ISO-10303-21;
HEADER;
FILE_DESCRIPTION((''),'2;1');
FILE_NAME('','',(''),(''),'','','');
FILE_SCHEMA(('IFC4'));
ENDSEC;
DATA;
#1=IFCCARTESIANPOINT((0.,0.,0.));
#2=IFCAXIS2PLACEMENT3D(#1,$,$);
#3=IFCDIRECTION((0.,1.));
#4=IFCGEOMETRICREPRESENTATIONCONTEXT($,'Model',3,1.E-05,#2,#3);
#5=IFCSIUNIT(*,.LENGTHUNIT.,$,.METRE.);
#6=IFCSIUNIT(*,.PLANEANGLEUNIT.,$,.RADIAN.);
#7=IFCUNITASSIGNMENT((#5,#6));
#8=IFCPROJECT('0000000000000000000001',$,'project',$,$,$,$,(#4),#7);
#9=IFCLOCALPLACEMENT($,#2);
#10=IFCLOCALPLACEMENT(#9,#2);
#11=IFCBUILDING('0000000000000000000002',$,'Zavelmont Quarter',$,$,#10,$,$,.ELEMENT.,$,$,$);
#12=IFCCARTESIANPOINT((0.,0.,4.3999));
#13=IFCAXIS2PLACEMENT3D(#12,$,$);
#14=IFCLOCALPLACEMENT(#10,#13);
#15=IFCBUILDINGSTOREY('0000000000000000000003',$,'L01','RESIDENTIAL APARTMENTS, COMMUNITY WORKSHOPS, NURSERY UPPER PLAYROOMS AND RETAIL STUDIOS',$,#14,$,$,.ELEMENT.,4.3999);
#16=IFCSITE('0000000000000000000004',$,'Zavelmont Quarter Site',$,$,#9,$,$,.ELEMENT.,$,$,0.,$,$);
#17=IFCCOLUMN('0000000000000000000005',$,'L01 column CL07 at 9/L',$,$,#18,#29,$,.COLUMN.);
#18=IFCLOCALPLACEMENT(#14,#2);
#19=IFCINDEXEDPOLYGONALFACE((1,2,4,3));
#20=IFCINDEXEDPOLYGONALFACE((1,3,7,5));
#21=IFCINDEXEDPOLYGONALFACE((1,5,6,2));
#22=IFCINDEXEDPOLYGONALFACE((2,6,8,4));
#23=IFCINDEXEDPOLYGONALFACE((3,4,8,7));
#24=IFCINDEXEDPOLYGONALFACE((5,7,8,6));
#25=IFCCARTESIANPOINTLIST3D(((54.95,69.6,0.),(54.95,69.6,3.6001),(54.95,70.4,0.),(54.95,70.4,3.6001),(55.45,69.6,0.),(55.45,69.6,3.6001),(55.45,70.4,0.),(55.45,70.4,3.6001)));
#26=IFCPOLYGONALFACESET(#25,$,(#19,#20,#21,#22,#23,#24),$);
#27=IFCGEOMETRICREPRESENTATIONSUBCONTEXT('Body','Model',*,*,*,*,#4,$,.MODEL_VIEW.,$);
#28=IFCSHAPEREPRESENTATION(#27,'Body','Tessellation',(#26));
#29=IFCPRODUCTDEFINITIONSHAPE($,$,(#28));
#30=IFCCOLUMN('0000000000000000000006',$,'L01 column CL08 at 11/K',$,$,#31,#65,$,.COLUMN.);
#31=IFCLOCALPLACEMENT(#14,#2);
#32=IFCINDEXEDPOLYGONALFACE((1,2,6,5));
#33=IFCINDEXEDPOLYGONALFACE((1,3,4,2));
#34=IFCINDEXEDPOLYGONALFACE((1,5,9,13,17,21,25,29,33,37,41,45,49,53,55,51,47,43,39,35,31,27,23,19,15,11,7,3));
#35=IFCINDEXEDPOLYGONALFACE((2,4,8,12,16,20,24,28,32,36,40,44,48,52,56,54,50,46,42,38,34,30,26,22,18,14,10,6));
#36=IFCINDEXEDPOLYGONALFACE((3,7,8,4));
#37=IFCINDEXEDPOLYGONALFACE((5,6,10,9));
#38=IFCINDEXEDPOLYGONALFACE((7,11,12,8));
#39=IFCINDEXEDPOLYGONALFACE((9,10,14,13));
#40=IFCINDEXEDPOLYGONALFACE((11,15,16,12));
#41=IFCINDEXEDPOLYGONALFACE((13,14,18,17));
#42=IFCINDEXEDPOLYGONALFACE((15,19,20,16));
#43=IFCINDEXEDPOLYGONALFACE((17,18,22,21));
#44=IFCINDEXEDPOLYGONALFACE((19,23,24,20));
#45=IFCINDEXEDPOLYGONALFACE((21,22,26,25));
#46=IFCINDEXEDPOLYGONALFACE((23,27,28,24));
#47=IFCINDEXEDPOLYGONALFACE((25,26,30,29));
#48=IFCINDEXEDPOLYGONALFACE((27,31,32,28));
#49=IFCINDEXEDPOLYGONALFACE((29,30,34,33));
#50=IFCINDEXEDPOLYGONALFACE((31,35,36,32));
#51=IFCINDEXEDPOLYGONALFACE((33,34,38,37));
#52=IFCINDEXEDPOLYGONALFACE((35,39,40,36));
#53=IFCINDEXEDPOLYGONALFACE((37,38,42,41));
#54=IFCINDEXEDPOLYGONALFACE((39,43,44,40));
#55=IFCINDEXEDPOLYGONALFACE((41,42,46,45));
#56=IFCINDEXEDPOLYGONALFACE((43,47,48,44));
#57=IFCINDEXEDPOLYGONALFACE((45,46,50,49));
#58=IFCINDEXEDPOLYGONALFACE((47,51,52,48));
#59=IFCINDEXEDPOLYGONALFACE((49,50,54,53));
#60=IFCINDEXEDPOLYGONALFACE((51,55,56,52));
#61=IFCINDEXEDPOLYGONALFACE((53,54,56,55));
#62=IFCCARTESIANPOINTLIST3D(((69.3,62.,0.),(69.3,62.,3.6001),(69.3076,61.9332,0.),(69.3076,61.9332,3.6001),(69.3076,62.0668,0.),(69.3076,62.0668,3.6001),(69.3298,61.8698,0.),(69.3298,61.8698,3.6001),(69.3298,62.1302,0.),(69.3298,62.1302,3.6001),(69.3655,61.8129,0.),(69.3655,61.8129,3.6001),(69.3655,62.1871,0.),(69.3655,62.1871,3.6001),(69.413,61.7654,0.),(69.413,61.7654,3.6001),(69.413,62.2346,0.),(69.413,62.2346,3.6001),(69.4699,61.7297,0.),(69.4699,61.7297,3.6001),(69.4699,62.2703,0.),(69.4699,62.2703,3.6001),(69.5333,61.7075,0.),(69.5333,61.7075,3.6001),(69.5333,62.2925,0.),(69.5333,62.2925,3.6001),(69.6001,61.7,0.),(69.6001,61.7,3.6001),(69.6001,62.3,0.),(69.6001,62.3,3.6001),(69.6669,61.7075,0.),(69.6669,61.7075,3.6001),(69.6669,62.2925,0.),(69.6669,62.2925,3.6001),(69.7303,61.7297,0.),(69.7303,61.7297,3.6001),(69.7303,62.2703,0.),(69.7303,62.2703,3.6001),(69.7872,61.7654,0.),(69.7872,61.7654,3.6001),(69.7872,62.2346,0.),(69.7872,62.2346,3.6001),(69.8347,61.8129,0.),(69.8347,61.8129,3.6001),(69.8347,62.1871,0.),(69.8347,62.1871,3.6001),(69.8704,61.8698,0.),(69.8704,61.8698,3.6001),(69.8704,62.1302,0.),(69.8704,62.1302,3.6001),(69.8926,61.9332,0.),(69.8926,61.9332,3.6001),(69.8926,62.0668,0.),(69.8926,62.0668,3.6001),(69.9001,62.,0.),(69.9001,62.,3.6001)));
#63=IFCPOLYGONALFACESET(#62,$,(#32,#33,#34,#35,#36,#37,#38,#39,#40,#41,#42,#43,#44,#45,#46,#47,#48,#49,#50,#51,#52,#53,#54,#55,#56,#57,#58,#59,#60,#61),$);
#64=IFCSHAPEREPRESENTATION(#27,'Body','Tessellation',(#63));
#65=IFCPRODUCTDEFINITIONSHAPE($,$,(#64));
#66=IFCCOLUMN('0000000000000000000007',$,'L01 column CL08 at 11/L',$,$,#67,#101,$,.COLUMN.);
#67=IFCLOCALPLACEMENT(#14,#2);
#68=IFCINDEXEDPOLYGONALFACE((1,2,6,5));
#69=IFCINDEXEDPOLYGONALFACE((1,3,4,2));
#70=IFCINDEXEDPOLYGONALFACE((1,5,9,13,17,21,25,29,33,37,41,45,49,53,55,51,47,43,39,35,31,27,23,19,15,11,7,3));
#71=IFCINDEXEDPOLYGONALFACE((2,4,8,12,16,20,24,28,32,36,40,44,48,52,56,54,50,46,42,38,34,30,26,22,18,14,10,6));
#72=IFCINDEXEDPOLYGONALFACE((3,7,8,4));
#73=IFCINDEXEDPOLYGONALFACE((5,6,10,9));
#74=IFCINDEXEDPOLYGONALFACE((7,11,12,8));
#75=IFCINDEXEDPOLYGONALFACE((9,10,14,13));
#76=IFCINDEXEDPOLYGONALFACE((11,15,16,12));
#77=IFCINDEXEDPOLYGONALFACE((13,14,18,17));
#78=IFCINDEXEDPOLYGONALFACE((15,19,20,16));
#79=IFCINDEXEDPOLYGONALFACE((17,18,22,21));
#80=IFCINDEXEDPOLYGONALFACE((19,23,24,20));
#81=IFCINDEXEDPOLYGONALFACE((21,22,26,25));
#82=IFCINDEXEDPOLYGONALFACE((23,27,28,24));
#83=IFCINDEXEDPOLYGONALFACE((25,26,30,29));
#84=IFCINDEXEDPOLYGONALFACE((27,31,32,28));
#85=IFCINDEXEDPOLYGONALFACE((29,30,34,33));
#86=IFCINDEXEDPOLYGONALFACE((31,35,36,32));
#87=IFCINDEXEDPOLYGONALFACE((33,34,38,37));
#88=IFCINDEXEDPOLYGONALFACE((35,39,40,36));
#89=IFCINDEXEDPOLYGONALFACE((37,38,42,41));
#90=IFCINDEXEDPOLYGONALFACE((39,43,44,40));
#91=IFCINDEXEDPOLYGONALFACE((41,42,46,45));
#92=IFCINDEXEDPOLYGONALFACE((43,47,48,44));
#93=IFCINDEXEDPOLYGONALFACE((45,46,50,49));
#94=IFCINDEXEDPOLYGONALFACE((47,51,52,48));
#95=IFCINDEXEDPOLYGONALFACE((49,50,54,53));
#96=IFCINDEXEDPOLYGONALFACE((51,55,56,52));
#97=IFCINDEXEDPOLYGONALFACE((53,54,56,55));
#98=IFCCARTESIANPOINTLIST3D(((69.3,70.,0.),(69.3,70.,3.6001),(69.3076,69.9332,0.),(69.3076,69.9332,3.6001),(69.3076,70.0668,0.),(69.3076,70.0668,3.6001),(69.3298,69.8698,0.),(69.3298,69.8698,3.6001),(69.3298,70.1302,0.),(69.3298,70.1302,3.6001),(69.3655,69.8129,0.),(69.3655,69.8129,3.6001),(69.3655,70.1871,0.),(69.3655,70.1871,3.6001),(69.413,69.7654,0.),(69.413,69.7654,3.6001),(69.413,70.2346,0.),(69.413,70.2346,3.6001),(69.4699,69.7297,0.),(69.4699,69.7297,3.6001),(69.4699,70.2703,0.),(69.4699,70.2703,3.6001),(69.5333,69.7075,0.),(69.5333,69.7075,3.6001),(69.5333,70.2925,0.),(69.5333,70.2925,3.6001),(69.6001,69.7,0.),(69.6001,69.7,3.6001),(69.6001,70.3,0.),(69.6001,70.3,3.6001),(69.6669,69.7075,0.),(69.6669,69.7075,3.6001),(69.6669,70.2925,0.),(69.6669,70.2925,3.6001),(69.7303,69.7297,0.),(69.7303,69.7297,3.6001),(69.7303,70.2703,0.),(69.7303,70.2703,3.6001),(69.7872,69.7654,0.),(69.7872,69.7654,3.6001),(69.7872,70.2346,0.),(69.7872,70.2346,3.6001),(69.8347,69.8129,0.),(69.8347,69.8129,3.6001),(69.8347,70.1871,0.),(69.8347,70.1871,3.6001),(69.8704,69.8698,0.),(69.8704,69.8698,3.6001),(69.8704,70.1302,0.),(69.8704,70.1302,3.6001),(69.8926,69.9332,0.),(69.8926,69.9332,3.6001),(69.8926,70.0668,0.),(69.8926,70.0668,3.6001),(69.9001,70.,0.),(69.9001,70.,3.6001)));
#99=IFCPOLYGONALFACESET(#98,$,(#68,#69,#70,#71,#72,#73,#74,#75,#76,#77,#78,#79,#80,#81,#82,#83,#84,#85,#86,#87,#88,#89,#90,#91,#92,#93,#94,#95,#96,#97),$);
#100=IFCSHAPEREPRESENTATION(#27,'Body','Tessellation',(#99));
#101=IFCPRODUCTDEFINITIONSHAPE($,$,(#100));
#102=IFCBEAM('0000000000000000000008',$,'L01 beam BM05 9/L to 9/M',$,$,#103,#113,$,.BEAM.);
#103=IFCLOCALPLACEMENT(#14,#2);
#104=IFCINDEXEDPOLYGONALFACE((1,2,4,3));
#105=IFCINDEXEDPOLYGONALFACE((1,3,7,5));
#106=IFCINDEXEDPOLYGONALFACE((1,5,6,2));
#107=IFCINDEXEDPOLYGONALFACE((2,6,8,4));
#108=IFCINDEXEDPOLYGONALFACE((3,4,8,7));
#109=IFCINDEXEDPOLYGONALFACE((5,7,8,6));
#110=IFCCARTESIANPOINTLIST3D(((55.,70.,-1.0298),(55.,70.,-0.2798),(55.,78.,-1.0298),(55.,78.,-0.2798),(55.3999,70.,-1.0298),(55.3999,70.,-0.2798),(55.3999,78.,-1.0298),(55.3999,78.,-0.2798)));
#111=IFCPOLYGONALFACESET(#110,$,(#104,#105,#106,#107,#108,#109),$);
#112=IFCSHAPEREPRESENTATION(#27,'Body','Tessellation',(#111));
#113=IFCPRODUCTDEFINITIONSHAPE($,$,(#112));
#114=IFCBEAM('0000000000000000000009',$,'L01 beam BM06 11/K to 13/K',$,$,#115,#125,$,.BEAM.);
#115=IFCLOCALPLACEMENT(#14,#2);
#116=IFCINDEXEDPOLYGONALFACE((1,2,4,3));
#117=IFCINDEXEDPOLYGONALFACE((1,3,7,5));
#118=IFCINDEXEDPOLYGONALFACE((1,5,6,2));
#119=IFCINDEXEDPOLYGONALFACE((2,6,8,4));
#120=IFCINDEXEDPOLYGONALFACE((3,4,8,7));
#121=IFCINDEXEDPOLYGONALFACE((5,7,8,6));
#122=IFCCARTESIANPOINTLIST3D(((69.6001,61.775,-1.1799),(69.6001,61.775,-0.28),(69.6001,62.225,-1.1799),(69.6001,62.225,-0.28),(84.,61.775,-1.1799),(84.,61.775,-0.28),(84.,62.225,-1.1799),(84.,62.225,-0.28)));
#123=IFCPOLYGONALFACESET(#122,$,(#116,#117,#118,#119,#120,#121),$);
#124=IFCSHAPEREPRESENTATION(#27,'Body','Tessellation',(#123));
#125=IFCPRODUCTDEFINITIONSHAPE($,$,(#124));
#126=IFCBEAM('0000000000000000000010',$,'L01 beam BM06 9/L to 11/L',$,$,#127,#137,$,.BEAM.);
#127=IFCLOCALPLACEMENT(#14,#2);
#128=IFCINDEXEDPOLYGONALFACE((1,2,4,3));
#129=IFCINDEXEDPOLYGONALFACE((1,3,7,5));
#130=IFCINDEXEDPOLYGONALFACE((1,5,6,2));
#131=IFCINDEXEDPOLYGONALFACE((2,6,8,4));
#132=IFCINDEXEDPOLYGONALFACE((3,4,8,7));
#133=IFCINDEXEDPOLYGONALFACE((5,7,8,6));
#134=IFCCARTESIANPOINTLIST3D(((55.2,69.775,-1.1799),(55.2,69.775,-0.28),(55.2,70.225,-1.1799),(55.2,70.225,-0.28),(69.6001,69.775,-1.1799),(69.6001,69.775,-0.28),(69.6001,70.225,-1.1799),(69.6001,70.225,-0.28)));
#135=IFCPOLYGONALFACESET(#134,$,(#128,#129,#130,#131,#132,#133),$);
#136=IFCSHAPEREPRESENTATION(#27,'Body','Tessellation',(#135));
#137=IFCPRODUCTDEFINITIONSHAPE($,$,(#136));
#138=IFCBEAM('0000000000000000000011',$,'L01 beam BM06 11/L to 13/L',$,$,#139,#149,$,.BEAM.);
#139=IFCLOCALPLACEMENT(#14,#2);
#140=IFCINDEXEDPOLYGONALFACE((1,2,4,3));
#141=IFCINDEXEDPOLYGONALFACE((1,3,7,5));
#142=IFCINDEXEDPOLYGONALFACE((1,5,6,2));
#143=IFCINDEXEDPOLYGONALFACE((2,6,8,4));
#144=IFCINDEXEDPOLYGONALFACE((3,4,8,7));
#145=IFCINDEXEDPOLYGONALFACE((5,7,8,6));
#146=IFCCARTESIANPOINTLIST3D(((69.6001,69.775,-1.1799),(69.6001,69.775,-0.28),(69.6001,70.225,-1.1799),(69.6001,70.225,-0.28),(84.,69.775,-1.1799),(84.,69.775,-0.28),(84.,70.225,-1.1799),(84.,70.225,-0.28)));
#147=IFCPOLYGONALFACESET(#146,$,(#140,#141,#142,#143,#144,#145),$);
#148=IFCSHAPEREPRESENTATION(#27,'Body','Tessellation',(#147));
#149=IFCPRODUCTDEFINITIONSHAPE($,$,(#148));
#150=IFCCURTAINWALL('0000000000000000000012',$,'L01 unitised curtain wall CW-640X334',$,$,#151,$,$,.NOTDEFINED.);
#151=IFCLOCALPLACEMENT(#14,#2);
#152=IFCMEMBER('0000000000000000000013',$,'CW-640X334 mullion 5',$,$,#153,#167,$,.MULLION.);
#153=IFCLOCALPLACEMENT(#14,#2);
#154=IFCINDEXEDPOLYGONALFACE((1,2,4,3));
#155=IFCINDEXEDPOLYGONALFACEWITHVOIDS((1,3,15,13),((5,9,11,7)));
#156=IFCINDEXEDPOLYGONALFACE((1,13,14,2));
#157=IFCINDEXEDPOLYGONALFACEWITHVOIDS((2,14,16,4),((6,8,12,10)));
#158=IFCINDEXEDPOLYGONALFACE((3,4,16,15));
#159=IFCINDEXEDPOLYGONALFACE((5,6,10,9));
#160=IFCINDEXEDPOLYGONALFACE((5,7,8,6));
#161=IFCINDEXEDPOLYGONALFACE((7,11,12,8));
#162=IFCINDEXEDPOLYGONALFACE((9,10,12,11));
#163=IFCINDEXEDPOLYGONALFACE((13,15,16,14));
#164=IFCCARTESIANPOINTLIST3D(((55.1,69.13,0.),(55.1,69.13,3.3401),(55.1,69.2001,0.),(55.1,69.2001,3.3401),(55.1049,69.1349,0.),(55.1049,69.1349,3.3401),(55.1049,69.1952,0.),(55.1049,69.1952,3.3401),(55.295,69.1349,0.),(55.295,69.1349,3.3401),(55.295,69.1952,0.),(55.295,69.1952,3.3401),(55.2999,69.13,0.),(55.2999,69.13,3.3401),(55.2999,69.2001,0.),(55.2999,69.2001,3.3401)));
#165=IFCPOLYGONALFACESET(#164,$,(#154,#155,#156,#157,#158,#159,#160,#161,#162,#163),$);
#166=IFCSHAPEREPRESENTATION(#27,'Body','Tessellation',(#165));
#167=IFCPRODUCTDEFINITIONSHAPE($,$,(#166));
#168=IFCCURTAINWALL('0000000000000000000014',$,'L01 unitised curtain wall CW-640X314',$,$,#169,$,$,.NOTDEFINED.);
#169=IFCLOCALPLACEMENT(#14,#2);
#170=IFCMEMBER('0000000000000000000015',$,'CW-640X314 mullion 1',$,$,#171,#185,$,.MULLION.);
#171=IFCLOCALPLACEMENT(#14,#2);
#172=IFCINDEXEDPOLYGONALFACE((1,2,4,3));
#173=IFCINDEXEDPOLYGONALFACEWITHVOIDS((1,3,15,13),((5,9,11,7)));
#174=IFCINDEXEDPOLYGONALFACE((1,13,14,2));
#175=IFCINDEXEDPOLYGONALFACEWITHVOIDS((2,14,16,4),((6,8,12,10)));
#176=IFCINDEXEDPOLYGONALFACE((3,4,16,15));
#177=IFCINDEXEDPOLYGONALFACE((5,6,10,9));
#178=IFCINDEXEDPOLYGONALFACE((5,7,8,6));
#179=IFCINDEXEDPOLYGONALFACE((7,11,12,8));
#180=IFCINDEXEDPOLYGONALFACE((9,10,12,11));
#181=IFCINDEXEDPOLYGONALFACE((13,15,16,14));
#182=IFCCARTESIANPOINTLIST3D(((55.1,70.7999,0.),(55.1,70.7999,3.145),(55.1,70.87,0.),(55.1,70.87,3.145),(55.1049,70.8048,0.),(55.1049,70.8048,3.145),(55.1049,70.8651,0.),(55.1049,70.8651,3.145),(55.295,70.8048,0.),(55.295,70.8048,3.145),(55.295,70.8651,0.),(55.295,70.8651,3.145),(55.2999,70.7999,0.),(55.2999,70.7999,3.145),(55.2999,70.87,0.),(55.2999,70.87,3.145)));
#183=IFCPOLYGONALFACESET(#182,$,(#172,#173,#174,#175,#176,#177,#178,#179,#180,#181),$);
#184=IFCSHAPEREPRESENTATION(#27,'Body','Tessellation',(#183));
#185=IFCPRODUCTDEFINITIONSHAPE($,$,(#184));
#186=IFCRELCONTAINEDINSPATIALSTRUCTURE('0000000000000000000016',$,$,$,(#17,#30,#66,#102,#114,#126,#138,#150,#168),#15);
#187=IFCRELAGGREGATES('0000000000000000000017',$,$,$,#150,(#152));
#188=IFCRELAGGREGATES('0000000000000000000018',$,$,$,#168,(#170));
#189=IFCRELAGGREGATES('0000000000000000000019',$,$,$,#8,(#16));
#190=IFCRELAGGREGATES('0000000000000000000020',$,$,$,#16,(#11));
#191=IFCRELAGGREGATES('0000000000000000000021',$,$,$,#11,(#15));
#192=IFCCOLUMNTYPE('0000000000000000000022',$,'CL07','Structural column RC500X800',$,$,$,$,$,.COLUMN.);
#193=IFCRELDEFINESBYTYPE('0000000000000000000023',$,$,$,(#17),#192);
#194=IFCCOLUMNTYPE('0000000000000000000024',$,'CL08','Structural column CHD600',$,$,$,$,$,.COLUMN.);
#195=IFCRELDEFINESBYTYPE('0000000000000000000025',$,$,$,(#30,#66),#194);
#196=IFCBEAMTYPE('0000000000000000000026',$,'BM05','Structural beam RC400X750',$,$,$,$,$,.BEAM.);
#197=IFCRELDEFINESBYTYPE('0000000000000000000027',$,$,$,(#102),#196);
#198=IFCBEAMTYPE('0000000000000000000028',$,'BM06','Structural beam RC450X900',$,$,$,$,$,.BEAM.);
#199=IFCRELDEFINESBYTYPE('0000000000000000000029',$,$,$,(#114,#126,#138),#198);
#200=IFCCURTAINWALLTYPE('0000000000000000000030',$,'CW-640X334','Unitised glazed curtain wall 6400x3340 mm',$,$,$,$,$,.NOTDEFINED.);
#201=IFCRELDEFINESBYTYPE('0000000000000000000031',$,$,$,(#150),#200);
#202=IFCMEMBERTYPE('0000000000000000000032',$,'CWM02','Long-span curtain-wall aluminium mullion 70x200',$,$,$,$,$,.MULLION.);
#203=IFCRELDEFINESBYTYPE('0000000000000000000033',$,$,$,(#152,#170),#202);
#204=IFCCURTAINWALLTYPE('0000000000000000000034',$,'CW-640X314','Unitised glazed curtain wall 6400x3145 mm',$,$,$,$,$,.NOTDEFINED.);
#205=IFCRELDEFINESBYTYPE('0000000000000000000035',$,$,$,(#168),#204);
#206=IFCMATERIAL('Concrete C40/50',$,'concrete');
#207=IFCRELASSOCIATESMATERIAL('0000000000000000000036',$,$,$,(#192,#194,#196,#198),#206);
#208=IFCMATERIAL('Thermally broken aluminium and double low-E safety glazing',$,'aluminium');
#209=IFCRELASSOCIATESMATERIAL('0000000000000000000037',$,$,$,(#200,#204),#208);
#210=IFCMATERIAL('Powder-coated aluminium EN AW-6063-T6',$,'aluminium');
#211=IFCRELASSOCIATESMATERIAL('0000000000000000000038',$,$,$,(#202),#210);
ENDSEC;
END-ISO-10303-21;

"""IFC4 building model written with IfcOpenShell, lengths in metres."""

from ifc_helpers import new_model, si_unit, direction, frame, origin, origin_2d, place, context, subcontext, project, spatial, rectangle, hollow_rectangle, circle, extrude, material, material_profile, profile_set, type_object, element, aggregate, save


model = new_model("IFC4")

# Units and contexts
model_context = context("Model", 3, precision=1e-05, world=origin(), true_north=direction((0.0, 1.0)))
body_context = subcontext(model_context, "Body", "Model", "MODEL_VIEW")
ifc_project = project(units=[si_unit("LENGTHUNIT", "METRE"), si_unit("PLANEANGLEUNIT", "RADIAN")], contexts=[model_context])

# Site, building, storey
site_placement = place(None, origin())
site = spatial("IfcSite", under=ifc_project, at=site_placement, Name="Zavelmont Quarter Site", CompositionType="ELEMENT", RefElevation=0.0)
building_placement = place(site_placement, origin())
building = spatial("IfcBuilding", under=site, at=building_placement, Name="Zavelmont Quarter", CompositionType="ELEMENT")
storey_placement = place(building_placement, frame((0.0, 0.0, 4.3999)))
storey = spatial("IfcBuildingStorey", under=building, at=storey_placement, Name="L01", Description="RESIDENTIAL APARTMENTS, COMMUNITY WORKSHOPS, NURSERY UPPER PLAYROOMS AND RETAIL STUDIOS", CompositionType="ELEMENT", Elevation=4.3999)

# Columns
ifc_material_1 = material(Name="Concrete C40/50", Category="concrete")
ifc_material_profile_1 = material_profile(ifc_material_1, rectangle(XDim=0.5, YDim=0.8, at=origin_2d()), Name="RC500X800")
ifc_profile_set_1 = profile_set([ifc_material_profile_1], Name="Concrete C40/50")
column_type_1 = type_object("IfcColumnType", Name="CL07", Description="Structural column RC500X800", PredefinedType="COLUMN", material=ifc_profile_set_1)
column_placement = place(storey_placement, frame((55.2, 70.0, 0.0), z_axis=(0.0, 0.0, 1.0), x_axis=(1.0, 0.0, 0.0)))
element("IfcColumn", 1, at=column_placement, inside=storey, type_object=column_type_1, Name="L01 column CL07 at 9/L", PredefinedType="COLUMN", context=body_context, shape_type="SweptSolid", body=[
    extrude(rectangle(XDim=0.5, YDim=0.8, at=origin_2d()), origin(), (0.0, 0.0, 1.0), 3.6001),
])
ifc_material_profile_2 = material_profile(ifc_material_1, circle(Radius=0.3, at=origin_2d()), Name="CHD600")
ifc_profile_set_2 = profile_set([ifc_material_profile_2], Name="Concrete C40/50")
column_type_2 = type_object("IfcColumnType", Name="CL08", Description="Structural column CHD600", PredefinedType="COLUMN", material=ifc_profile_set_2)
for number, where, z_axis, x_axis, name in (
    (2, (69.6001, 62.0, 0.0), (0.0, 0.0, 1.0), (1.0, 0.0, 0.0), "L01 column CL08 at 11/K"),
    (3, (69.6001, 70.0, 0.0), (0.0, 0.0, 1.0), (1.0, 0.0, 0.0), "L01 column CL08 at 11/L"),
):
    element("IfcColumn", number, at=place(storey_placement, frame(where, z_axis=z_axis, x_axis=x_axis)), inside=storey, type_object=column_type_2, Name=name, PredefinedType="COLUMN", context=body_context, shape_type="SweptSolid", body=[
        extrude(circle(Radius=0.3, at=origin_2d()), origin(), (0.0, 0.0, 1.0), 3.6001),
    ])

# Beams
ifc_material_profile_3 = material_profile(ifc_material_1, rectangle(XDim=0.3999, YDim=0.75, at=origin_2d()), Name="RC400X750")
ifc_profile_set_3 = profile_set([ifc_material_profile_3], Name="Concrete C40/50")
beam_type_1 = type_object("IfcBeamType", Name="BM05", Description="Structural beam RC400X750", PredefinedType="BEAM", material=ifc_profile_set_3)
beam_1_placement = place(storey_placement, frame((55.2, 70.0, -0.6548), z_axis=(0.0, 1.0, 0.0), x_axis=(-1.0, 0.0, 0.0)))
element("IfcBeam", 4, at=beam_1_placement, inside=storey, type_object=beam_type_1, Name="L01 beam BM05 9/L to 9/M", PredefinedType="BEAM", context=body_context, shape_type="SweptSolid", body=[
    extrude(rectangle(XDim=0.3999, YDim=0.75, at=origin_2d()), origin(), (0.0, 0.0, 1.0), 8.0),
])
ifc_material_profile_4 = material_profile(ifc_material_1, rectangle(XDim=0.45, YDim=0.8999, at=origin_2d()), Name="RC450X900")
ifc_profile_set_4 = profile_set([ifc_material_profile_4], Name="Concrete C40/50")
beam_type_2 = type_object("IfcBeamType", Name="BM06", Description="Structural beam RC450X900", PredefinedType="BEAM", material=ifc_profile_set_4)
beam_2_placement = place(storey_placement, frame((69.6001, 62.0, -0.73), z_axis=(1.0, 0.0, 0.0), x_axis=(0.0, 1.0, 0.0)))
element("IfcBeam", 5, at=beam_2_placement, inside=storey, type_object=beam_type_2, Name="L01 beam BM06 11/K to 13/K", PredefinedType="BEAM", context=body_context, shape_type="SweptSolid", body=[
    extrude(rectangle(XDim=0.45, YDim=0.8999, at=origin_2d()), origin(), (0.0, 0.0, 1.0), 14.3999),
])
beam_3_placement = place(storey_placement, frame((55.2, 70.0, -0.73), z_axis=(1.0, 0.0, 0.0), x_axis=(0.0, 1.0, 0.0)))
element("IfcBeam", 6, at=beam_3_placement, inside=storey, type_object=beam_type_2, Name="L01 beam BM06 9/L to 11/L", PredefinedType="BEAM", context=body_context, shape_type="SweptSolid", body=[
    extrude(rectangle(XDim=0.45, YDim=0.8999, at=origin_2d()), origin(), (0.0, 0.0, 1.0), 14.4001),
])
beam_4_placement = place(storey_placement, frame((69.6001, 70.0, -0.73), z_axis=(1.0, 0.0, 0.0), x_axis=(0.0, 1.0, 0.0)))
element("IfcBeam", 7, at=beam_4_placement, inside=storey, type_object=beam_type_2, Name="L01 beam BM06 11/L to 13/L", PredefinedType="BEAM", context=body_context, shape_type="SweptSolid", body=[
    extrude(rectangle(XDim=0.45, YDim=0.8999, at=origin_2d()), origin(), (0.0, 0.0, 1.0), 14.3999),
])

# Curtain wall, member
ifc_material_2 = material(Name="Thermally broken aluminium and double low-E safety glazing", Category="aluminium")
curtain_wall_type_1 = type_object("IfcCurtainWallType", Name="CW-640X334", Description="Unitised glazed curtain wall 6400x3340 mm", PredefinedType="NOTDEFINED", material=ifc_material_2)
curtain_wall_1_placement = place(storey_placement, origin())
curtain_wall_1 = element("IfcCurtainWall", 8, at=curtain_wall_1_placement, inside=storey, type_object=curtain_wall_type_1, Name="L01 unitised curtain wall CW-640X334", PredefinedType="NOTDEFINED")
ifc_material_3 = material(Name="Powder-coated aluminium EN AW-6063-T6", Category="aluminium")
ifc_material_profile_5 = material_profile(ifc_material_3, hollow_rectangle(XDim=0.0701, YDim=0.2, WallThickness=0.0049, at=origin_2d()), Name="CWM70X200")
ifc_profile_set_5 = profile_set([ifc_material_profile_5], Name="Powder-coated aluminium EN AW-6063-T6")
member_type_1 = type_object("IfcMemberType", Name="CWM02", Description="Long-span curtain-wall aluminium mullion 70x200", PredefinedType="MULLION", material=ifc_profile_set_5)
member_1_placement = place(storey_placement, frame((55.2, 69.165, 0.0), z_axis=(0.0, 0.0, 1.0), x_axis=(0.0, 1.0, 0.0)))
member_1 = element("IfcMember", 9, at=member_1_placement, type_object=member_type_1, Name="CW-640X334 mullion 5", PredefinedType="MULLION", context=body_context, shape_type="SweptSolid", body=[
    extrude(hollow_rectangle(XDim=0.0701, YDim=0.2, WallThickness=0.0049, at=origin_2d()), origin(), (0.0, 0.0, 1.0), 3.3401),
])
aggregate(curtain_wall_1, [member_1])

# Curtain wall, member
curtain_wall_type_2 = type_object("IfcCurtainWallType", Name="CW-640X314", Description="Unitised glazed curtain wall 6400x3145 mm", PredefinedType="NOTDEFINED", material=ifc_material_2)
curtain_wall_2_placement = place(storey_placement, origin())
curtain_wall_2 = element("IfcCurtainWall", 10, at=curtain_wall_2_placement, inside=storey, type_object=curtain_wall_type_2, Name="L01 unitised curtain wall CW-640X314", PredefinedType="NOTDEFINED")
member_2_placement = place(storey_placement, frame((55.2, 70.835, 0.0), z_axis=(0.0, 0.0, 1.0), x_axis=(0.0, 1.0, 0.0)))
member_2 = element("IfcMember", 11, at=member_2_placement, type_object=member_type_1, Name="CW-640X314 mullion 1", PredefinedType="MULLION", context=body_context, shape_type="SweptSolid", body=[
    extrude(hollow_rectangle(XDim=0.0701, YDim=0.2, WallThickness=0.0049, at=origin_2d()), origin(), (0.0, 0.0, 1.0), 3.145),
])
aggregate(curtain_wall_2, [member_2])

save(model, "model.ifc")
